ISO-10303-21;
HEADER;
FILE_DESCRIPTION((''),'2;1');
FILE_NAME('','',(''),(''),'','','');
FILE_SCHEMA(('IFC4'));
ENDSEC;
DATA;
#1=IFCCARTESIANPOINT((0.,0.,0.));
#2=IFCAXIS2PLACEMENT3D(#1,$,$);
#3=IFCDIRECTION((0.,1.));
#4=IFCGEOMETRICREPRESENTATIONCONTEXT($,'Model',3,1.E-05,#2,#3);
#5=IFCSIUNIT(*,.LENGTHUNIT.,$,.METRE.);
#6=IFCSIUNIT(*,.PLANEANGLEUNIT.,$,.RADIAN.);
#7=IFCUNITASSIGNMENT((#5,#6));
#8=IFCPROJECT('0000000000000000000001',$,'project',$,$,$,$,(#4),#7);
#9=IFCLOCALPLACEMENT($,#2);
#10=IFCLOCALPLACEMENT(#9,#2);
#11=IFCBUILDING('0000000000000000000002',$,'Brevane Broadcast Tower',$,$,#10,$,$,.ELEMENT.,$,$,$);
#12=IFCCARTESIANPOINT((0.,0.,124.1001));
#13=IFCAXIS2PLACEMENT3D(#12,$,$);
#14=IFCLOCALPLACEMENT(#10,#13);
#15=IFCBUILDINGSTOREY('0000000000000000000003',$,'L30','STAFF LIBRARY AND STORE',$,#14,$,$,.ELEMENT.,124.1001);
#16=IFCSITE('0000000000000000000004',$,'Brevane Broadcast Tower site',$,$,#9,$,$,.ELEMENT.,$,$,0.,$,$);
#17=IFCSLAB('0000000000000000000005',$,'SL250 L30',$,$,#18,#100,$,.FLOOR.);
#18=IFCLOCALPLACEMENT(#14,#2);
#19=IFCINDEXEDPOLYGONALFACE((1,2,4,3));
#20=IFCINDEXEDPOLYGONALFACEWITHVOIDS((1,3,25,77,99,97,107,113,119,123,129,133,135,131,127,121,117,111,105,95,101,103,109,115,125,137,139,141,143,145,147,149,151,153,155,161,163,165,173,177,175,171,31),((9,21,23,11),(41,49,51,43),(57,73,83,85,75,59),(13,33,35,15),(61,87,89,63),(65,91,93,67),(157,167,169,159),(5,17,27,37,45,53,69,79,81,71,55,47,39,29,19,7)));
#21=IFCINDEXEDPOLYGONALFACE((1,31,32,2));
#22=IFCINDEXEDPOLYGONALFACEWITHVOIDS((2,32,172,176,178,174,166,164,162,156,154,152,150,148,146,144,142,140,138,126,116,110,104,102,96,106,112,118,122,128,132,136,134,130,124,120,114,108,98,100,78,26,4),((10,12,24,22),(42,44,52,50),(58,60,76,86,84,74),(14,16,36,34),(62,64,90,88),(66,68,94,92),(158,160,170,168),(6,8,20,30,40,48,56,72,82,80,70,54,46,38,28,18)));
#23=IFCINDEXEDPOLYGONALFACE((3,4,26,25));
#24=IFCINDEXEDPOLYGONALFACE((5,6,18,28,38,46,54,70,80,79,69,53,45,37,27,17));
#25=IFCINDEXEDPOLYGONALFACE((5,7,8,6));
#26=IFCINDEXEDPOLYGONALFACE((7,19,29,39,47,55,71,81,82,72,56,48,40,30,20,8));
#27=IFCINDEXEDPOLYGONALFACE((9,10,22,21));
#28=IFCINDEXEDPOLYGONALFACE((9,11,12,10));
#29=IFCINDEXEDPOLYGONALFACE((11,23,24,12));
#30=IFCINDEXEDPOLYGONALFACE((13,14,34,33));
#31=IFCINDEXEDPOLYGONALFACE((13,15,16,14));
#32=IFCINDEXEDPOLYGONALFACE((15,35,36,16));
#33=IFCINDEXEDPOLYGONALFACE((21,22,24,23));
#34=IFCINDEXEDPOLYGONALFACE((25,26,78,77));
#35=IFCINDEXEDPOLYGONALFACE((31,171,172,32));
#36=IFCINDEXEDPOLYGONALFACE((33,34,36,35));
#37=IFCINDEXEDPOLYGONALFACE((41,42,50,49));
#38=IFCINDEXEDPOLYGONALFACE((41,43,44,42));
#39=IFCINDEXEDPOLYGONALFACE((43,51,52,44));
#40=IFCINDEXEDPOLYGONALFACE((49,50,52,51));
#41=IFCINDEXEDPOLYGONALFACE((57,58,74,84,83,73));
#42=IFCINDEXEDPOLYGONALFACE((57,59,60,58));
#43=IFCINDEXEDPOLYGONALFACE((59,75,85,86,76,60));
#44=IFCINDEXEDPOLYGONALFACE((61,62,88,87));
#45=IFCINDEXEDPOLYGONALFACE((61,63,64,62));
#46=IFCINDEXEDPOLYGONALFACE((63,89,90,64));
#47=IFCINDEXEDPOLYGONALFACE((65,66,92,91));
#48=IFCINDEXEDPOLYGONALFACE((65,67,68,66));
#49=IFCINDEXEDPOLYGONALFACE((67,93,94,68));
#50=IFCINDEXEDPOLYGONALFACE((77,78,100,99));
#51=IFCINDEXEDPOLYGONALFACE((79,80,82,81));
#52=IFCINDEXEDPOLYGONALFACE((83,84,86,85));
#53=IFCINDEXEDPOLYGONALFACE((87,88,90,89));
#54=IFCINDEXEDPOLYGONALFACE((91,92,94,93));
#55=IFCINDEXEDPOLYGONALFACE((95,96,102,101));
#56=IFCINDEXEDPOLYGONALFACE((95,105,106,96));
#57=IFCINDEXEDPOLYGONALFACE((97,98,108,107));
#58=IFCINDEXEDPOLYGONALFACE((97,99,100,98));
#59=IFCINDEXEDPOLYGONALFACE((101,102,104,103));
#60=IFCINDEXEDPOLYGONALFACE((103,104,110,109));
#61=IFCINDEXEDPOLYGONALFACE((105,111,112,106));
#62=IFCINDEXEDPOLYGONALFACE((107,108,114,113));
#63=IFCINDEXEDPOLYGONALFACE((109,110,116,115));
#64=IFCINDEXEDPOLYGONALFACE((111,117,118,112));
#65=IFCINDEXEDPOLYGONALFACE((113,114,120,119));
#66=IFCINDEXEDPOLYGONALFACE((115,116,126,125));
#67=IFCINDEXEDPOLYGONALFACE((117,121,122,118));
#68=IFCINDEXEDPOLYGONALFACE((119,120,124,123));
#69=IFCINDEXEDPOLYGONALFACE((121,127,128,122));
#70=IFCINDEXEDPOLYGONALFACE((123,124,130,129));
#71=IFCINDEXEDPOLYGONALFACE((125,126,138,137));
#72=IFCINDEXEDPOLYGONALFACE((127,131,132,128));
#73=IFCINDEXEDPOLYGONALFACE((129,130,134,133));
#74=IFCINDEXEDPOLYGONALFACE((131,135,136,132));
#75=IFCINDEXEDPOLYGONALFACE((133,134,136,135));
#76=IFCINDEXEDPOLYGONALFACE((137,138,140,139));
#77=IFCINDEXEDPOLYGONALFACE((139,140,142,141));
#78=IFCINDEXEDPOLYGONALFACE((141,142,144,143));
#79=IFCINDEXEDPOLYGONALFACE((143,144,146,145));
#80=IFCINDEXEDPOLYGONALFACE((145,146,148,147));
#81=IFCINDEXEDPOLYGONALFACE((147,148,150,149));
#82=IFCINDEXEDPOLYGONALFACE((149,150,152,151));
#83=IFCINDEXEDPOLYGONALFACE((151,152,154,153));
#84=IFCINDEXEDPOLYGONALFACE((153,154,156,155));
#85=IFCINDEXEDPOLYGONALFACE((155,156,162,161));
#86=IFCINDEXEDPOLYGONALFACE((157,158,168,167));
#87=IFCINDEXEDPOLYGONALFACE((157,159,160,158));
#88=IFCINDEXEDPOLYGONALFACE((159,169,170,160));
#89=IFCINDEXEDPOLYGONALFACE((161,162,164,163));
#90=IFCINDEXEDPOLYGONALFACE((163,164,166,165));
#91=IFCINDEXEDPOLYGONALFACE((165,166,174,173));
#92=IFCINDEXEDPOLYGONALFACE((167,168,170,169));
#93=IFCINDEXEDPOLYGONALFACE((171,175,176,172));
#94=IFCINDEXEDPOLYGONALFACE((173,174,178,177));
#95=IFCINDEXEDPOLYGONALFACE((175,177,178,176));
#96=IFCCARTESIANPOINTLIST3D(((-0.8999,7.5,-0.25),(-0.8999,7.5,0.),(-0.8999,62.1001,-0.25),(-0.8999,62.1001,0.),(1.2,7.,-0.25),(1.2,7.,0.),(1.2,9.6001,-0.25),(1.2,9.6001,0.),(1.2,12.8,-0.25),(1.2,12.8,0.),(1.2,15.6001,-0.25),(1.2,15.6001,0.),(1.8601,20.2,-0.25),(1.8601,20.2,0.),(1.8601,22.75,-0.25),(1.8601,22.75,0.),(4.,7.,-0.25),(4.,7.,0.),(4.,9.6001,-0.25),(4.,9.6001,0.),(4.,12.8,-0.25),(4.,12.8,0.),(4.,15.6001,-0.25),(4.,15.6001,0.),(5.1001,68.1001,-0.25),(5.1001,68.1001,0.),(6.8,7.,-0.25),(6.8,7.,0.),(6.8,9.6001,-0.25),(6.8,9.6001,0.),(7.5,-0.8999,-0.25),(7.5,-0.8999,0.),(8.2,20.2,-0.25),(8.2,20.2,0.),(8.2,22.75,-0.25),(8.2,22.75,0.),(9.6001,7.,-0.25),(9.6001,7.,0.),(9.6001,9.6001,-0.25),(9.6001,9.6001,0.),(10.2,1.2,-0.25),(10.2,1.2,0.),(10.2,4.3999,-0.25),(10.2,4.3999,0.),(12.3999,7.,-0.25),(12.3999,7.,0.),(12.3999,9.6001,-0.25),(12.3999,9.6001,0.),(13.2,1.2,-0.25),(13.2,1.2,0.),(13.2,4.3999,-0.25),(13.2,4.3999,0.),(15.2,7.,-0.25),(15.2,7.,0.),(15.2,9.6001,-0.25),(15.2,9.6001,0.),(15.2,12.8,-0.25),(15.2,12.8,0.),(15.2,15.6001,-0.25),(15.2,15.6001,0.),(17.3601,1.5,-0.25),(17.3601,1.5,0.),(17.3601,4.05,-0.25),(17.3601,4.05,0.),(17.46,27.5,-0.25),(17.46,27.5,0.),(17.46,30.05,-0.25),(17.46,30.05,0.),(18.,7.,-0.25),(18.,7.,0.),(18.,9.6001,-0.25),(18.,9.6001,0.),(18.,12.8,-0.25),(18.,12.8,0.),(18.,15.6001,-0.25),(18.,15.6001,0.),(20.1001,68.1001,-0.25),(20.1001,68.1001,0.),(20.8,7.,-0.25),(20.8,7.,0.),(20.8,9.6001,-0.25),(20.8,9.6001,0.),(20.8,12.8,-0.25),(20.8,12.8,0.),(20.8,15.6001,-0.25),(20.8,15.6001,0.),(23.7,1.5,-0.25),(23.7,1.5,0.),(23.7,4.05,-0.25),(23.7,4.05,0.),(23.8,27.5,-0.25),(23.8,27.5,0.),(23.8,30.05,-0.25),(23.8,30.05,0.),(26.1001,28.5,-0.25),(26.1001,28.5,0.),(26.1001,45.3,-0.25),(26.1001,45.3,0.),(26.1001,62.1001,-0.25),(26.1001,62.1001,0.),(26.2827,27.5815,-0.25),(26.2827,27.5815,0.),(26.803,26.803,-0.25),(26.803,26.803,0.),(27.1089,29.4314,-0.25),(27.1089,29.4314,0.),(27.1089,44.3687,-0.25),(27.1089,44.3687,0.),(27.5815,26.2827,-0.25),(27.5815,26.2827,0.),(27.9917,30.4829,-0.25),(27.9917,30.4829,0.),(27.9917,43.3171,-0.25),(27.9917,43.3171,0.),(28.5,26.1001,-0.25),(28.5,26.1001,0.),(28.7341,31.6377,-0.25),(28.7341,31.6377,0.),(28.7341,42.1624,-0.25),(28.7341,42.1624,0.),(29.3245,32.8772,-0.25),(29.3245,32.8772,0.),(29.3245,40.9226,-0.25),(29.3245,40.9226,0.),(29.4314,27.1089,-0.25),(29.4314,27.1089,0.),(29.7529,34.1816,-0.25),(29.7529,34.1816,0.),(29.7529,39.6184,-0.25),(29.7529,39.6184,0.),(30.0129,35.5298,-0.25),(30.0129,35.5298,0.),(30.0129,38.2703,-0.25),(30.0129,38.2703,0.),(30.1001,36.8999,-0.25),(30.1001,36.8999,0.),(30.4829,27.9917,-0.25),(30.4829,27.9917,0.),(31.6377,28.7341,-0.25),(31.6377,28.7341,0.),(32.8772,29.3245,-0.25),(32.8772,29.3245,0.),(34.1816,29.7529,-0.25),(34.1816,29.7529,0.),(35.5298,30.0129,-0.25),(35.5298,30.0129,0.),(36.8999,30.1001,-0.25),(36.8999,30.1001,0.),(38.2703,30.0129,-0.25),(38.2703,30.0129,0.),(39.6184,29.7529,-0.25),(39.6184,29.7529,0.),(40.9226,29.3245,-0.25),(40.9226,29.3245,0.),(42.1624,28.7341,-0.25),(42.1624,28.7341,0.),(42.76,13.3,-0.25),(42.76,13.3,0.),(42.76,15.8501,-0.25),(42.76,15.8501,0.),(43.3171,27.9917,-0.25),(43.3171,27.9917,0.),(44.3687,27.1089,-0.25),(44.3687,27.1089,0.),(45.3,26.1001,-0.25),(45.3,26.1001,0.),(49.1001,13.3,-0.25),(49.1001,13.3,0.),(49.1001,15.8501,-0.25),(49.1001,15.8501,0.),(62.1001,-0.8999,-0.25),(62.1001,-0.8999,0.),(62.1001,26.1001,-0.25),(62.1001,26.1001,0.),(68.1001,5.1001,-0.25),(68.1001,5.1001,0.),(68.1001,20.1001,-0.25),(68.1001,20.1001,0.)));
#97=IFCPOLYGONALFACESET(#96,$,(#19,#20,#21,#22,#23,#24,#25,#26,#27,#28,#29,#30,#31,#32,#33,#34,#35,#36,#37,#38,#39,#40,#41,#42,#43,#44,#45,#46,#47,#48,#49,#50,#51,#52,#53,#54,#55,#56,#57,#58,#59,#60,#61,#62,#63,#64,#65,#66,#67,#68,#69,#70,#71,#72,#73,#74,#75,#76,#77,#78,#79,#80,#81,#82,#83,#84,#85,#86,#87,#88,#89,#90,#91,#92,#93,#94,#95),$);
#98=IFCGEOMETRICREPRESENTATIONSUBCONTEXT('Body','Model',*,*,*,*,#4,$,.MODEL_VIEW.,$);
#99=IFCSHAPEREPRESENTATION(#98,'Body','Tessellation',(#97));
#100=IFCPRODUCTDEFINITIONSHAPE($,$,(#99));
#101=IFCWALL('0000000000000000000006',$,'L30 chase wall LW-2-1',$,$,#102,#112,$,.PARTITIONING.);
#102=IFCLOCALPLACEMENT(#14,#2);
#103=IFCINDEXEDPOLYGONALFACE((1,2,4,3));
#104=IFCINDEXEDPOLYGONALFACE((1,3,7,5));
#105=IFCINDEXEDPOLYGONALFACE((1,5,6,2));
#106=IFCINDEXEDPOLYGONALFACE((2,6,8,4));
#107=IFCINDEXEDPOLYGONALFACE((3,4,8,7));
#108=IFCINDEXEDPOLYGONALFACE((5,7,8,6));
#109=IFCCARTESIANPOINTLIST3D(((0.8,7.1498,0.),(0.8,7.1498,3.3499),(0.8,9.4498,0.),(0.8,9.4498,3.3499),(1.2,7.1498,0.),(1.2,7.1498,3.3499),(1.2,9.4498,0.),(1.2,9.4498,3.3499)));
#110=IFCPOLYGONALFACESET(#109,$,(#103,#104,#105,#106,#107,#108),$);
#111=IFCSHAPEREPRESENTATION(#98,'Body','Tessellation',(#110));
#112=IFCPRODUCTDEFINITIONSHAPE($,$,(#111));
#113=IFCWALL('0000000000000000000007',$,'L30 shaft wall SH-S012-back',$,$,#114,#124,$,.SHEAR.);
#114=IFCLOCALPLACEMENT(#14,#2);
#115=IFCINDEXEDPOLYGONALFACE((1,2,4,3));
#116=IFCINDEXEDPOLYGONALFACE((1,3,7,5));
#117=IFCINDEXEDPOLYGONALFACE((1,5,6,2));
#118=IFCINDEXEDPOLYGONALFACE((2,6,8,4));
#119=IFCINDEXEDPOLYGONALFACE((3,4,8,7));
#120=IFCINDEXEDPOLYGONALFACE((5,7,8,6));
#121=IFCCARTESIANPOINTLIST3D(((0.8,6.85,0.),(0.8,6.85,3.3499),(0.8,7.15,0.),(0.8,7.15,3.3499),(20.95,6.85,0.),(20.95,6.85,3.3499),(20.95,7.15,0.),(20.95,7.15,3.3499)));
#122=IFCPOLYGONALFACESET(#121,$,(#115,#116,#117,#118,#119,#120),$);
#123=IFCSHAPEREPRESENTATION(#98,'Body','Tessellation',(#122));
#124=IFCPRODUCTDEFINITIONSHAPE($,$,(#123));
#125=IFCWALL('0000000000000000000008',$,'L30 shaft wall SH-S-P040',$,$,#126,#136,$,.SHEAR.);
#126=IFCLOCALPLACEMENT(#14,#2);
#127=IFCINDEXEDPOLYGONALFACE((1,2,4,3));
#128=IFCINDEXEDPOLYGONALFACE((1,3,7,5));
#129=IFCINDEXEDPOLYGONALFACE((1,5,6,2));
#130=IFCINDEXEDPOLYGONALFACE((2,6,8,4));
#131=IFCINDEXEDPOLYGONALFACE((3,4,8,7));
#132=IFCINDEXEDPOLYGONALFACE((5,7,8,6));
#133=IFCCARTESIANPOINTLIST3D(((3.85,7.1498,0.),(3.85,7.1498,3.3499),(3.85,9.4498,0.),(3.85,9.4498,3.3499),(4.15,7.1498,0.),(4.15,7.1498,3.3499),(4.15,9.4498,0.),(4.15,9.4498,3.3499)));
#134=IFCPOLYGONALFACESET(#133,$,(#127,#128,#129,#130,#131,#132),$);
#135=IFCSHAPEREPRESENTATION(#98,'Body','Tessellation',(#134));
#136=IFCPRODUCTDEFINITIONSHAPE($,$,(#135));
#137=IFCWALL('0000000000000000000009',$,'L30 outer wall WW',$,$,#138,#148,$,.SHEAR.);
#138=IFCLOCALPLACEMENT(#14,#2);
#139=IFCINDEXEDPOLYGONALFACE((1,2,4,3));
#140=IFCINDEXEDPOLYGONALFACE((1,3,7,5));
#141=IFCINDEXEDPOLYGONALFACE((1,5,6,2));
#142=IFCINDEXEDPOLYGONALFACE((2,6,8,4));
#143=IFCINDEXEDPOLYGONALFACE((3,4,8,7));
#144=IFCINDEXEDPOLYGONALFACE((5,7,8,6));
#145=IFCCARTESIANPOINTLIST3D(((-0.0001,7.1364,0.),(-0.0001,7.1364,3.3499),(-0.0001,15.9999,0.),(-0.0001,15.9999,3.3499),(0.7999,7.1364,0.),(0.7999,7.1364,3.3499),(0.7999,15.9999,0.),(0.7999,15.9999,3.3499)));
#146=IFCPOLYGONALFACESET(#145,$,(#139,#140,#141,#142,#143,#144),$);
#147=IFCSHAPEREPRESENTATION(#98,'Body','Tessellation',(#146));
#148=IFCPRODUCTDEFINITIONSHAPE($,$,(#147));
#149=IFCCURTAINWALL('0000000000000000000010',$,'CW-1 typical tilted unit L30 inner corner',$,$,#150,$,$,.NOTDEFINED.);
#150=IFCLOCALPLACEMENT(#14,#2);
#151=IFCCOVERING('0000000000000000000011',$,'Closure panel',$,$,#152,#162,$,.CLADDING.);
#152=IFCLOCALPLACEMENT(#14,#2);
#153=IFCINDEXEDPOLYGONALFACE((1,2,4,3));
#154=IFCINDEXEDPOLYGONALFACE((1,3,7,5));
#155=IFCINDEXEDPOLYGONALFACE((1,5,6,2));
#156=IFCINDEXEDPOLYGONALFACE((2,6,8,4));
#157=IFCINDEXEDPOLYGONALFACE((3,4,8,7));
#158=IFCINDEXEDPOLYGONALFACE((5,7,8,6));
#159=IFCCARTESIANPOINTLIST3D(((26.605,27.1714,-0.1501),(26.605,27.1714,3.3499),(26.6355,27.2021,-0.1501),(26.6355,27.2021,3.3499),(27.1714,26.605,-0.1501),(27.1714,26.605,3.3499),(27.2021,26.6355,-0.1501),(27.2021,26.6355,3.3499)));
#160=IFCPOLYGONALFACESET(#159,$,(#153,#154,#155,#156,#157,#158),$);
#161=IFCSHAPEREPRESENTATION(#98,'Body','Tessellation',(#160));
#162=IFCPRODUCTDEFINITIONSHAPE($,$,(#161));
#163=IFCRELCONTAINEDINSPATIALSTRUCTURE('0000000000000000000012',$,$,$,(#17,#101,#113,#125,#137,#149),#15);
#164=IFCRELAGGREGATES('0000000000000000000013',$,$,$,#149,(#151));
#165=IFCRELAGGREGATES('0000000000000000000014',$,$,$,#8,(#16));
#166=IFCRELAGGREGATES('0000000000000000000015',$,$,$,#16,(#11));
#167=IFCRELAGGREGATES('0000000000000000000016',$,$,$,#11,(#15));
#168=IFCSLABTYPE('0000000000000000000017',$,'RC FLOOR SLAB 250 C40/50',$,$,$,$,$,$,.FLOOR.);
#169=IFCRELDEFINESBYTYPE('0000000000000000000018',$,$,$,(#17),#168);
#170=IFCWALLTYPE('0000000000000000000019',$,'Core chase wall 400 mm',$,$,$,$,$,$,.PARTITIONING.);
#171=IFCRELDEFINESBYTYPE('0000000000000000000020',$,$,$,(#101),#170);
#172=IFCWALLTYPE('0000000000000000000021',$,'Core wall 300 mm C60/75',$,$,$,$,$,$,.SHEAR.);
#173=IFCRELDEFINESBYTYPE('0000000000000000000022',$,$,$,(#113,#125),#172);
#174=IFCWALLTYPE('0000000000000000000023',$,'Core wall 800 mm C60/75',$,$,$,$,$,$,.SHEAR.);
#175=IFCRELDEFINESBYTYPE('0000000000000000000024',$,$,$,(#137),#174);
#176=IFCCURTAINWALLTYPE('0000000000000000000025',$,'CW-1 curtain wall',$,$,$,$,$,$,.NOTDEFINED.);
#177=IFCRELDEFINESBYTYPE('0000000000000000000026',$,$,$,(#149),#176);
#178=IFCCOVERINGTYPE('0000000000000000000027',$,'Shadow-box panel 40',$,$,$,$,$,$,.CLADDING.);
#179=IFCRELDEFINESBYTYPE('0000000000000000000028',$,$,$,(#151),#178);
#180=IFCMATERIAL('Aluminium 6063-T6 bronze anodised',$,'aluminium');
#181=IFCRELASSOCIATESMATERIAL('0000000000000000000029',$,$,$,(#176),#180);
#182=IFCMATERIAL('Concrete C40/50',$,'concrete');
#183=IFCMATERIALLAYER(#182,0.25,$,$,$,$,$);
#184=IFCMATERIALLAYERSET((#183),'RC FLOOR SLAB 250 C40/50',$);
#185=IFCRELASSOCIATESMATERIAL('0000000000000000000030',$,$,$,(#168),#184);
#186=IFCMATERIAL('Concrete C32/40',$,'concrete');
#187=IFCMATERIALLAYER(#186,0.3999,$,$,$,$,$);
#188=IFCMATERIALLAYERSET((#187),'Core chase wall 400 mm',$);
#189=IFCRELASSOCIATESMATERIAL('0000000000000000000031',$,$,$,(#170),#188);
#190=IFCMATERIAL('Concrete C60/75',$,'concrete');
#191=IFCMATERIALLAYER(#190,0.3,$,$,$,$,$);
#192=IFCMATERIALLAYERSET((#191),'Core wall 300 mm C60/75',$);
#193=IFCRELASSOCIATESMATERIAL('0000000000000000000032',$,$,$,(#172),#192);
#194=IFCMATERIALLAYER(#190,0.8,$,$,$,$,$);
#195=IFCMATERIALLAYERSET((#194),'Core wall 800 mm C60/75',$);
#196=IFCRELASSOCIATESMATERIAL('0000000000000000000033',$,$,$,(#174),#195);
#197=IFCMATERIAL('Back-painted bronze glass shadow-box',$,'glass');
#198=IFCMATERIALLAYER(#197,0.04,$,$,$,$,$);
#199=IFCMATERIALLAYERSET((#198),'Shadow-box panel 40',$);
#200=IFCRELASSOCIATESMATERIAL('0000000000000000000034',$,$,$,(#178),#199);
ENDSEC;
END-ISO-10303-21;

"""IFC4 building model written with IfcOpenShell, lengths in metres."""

from ifc_helpers import new_model, si_unit, direction, frame, frame_2d, origin, place, context, subcontext, project, spatial, polyline, rectangle, outline, extrude, material, layer, layer_set, type_object, element, aggregate, save


model = new_model("IFC4")

# Units and contexts
model_context = context("Model", 3, precision=1e-05, world=origin(), true_north=direction((0.0, 1.0)))
body_context = subcontext(model_context, "Body", "Model", "MODEL_VIEW")
ifc_project = project(units=[si_unit("LENGTHUNIT", "METRE"), si_unit("PLANEANGLEUNIT", "RADIAN")], contexts=[model_context])

# Site, building, storey
site_placement = place(None, origin())
site = spatial("IfcSite", under=ifc_project, at=site_placement, Name="Brevane Broadcast Tower site", CompositionType="ELEMENT", RefElevation=0.0)
building_placement = place(site_placement, origin())
building = spatial("IfcBuilding", under=site, at=building_placement, Name="Brevane Broadcast Tower", CompositionType="ELEMENT")
storey_placement = place(building_placement, frame((0.0, 0.0, 124.1001)))
storey = spatial("IfcBuildingStorey", under=building, at=storey_placement, Name="L30", Description="STAFF LIBRARY AND STORE", CompositionType="ELEMENT", Elevation=124.1001)

# Shared definitions
ifc_material_1 = material(Name="Aluminium 6063-T6 bronze anodised", Category="aluminium")
curtain_wall_type = type_object("IfcCurtainWallType", Name="CW-1 curtain wall", PredefinedType="NOTDEFINED", material=ifc_material_1)

# Slab
ifc_material_2 = material(Name="Concrete C40/50", Category="concrete")
ifc_layer_1 = layer(ifc_material_2, 0.25)
ifc_layer_set_1 = layer_set([ifc_layer_1], Name="RC FLOOR SLAB 250 C40/50")
slab_type_1 = type_object("IfcSlabType", Name="RC FLOOR SLAB 250 C40/50", PredefinedType="FLOOR", material=ifc_layer_set_1)
slab_1_placement = place(storey_placement, frame((0.0, 0.0, -0.25)))
element("IfcSlab", 1, at=slab_1_placement, inside=storey, type_object=slab_type_1, Name="SL250 L30", PredefinedType="FLOOR", context=body_context, shape_type="SweptSolid", body=[
    extrude(outline(polyline([(-0.8999, 7.5), (-0.8999, 62.1001), (5.1001, 68.1001), (20.1001, 68.1001), (26.1001, 62.1001), (26.1001, 45.3), (27.1089, 44.3687), (27.9917, 43.3171), (28.7341, 42.1624), (29.3245, 40.9226), (29.7529, 39.6184), (30.0129, 38.2703), (30.1001, 36.8999), (30.0129, 35.5298), (29.7529, 34.1816), (29.3245, 32.8772), (28.7341, 31.6377), (27.9917, 30.4829), (27.1089, 29.4314), (26.1001, 28.5), (26.2827, 27.5815), (26.803, 26.803), (27.5815, 26.2827), (28.5, 26.1001), (29.4314, 27.1089), (30.4829, 27.9917), (31.6377, 28.7341), (32.8772, 29.3245), (34.1816, 29.7529), (35.5298, 30.0129), (36.8999, 30.1001), (38.2703, 30.0129), (39.6184, 29.7529), (40.9226, 29.3245), (42.1624, 28.7341), (43.3171, 27.9917), (44.3687, 27.1089), (45.3, 26.1001), (62.1001, 26.1001), (68.1001, 20.1001), (68.1001, 5.1001), (62.1001, -0.8999), (7.5, -0.8999), (-0.8999, 7.5)]), holes=[polyline([(13.2, 4.3999), (10.2, 4.3999), (10.2, 1.2), (13.2, 1.2), (13.2, 4.3999)]), polyline([(4.0, 9.6001), (1.2, 9.6001), (1.2, 7.0), (4.0, 7.0), (6.8, 7.0), (9.6001, 7.0), (12.3999, 7.0), (15.2, 7.0), (18.0, 7.0), (20.8, 7.0), (20.8, 9.6001), (18.0, 9.6001), (15.2, 9.6001), (12.3999, 9.6001), (9.6001, 9.6001), (6.8, 9.6001), (4.0, 9.6001)]), polyline([(4.0, 12.8), (4.0, 15.6001), (1.2, 15.6001), (1.2, 12.8), (4.0, 12.8)]), polyline([(8.2, 22.75), (1.8601, 22.75), (1.8601, 20.2), (8.2, 20.2), (8.2, 22.75)]), polyline([(23.7, 4.05), (17.3601, 4.05), (17.3601, 1.5), (23.7, 1.5), (23.7, 4.05)]), polyline([(18.0, 15.6001), (15.2, 15.6001), (15.2, 12.8), (18.0, 12.8), (20.8, 12.8), (20.8, 15.6001), (18.0, 15.6001)]), polyline([(49.1001, 15.8501), (42.76, 15.8501), (42.76, 13.3), (49.1001, 13.3), (49.1001, 15.8501)]), polyline([(23.8, 30.05), (17.46, 30.05), (17.46, 27.5), (23.8, 27.5), (23.8, 30.05)])]), origin(), (0.0, 0.0, 1.0), 0.25),
])

# Walls
ifc_material_3 = material(Name="Concrete C32/40", Category="concrete")
ifc_layer_2 = layer(ifc_material_3, 0.3999)
ifc_layer_set_2 = layer_set([ifc_layer_2], Name="Core chase wall 400 mm")
wall_type_1 = type_object("IfcWallType", Name="Core chase wall 400 mm", PredefinedType="PARTITIONING", material=ifc_layer_set_2)
wall_1_placement = place(storey_placement, frame((1.0, 7.1499, 0.0), z_axis=(0.0, 0.0, 1.0), x_axis=(0.0, 1.0, 0.0)))
element("IfcWall", 2, at=wall_1_placement, inside=storey, type_object=wall_type_1, Name="L30 chase wall LW-2-1", PredefinedType="PARTITIONING", context=body_context, shape_type="SweptSolid", body=[
    extrude(rectangle(XDim=2.3, YDim=0.3999, at=frame_2d((1.1499, 0.0))), origin(), (0.0, 0.0, 1.0), 3.3499),
])
ifc_material_4 = material(Name="Concrete C60/75", Category="concrete")
ifc_layer_3 = layer(ifc_material_4, 0.3)
ifc_layer_set_3 = layer_set([ifc_layer_3], Name="Core wall 300 mm C60/75")
wall_type_2 = type_object("IfcWallType", Name="Core wall 300 mm C60/75", PredefinedType="SHEAR", material=ifc_layer_set_3)
wall_2_placement = place(storey_placement, frame((0.8, 7.0, 0.0), z_axis=(0.0, 0.0, 1.0), x_axis=(1.0, 0.0, 0.0)))
element("IfcWall", 3, at=wall_2_placement, inside=storey, type_object=wall_type_2, Name="L30 shaft wall SH-S012-back", PredefinedType="SHEAR", context=body_context, shape_type="SweptSolid", body=[
    extrude(rectangle(XDim=20.1499, YDim=0.3, at=frame_2d((10.075, 0.0))), origin(), (0.0, 0.0, 1.0), 3.3499),
])
wall_3_placement = place(storey_placement, frame((4.0, 7.1499, 0.0), z_axis=(0.0, 0.0, 1.0), x_axis=(0.0, 1.0, 0.0)))
element("IfcWall", 4, at=wall_3_placement, inside=storey, type_object=wall_type_2, Name="L30 shaft wall SH-S-P040", PredefinedType="SHEAR", context=body_context, shape_type="SweptSolid", body=[
    extrude(rectangle(XDim=2.3, YDim=0.3, at=frame_2d((1.1499, 0.0))), origin(), (0.0, 0.0, 1.0), 3.3499),
])
ifc_layer_4 = layer(ifc_material_4, 0.8)
ifc_layer_set_4 = layer_set([ifc_layer_4], Name="Core wall 800 mm C60/75")
wall_type_3 = type_object("IfcWallType", Name="Core wall 800 mm C60/75", PredefinedType="SHEAR", material=ifc_layer_set_4)
wall_4_placement = place(storey_placement, frame((0.3999, 7.1365, 0.0), z_axis=(0.0, 0.0, 1.0), x_axis=(0.0, 1.0, 0.0)))
element("IfcWall", 5, at=wall_4_placement, inside=storey, type_object=wall_type_3, Name="L30 outer wall WW", PredefinedType="SHEAR", context=body_context, shape_type="SweptSolid", body=[
    extrude(rectangle(XDim=8.8635, YDim=0.8, at=frame_2d((4.4316, 0.0))), origin(), (0.0, 0.0, 1.0), 3.3499),
])

# Curtain wall, covering
curtain_wall_1_placement = place(storey_placement, origin())
curtain_wall_1 = element("IfcCurtainWall", 6, at=curtain_wall_1_placement, inside=storey, type_object=curtain_wall_type, Name="CW-1 typical tilted unit L30 inner corner", PredefinedType="NOTDEFINED")
ifc_material_5 = material(Name="Back-painted bronze glass shadow-box", Category="glass")
ifc_layer_5 = layer(ifc_material_5, 0.04)
ifc_layer_set_5 = layer_set([ifc_layer_5], Name="Shadow-box panel 40")
covering_type = type_object("IfcCoveringType", Name="Shadow-box panel 40", PredefinedType="CLADDING", material=ifc_layer_set_5)
covering_placement = place(storey_placement, frame((0.0, 0.0, -0.1501)))
covering = element("IfcCovering", 7, at=covering_placement, type_object=covering_type, Name="Closure panel", PredefinedType="CLADDING", context=body_context, shape_type="SweptSolid", body=[
    extrude(outline(polyline([(27.1714, 26.605), (27.2021, 26.6355), (26.6355, 27.2021), (26.605, 27.1714), (27.1714, 26.605)])), origin(), (0.0, 0.0, 1.0), 3.5),
])
aggregate(curtain_wall_1, [covering])

save(model, "model.ifc")
